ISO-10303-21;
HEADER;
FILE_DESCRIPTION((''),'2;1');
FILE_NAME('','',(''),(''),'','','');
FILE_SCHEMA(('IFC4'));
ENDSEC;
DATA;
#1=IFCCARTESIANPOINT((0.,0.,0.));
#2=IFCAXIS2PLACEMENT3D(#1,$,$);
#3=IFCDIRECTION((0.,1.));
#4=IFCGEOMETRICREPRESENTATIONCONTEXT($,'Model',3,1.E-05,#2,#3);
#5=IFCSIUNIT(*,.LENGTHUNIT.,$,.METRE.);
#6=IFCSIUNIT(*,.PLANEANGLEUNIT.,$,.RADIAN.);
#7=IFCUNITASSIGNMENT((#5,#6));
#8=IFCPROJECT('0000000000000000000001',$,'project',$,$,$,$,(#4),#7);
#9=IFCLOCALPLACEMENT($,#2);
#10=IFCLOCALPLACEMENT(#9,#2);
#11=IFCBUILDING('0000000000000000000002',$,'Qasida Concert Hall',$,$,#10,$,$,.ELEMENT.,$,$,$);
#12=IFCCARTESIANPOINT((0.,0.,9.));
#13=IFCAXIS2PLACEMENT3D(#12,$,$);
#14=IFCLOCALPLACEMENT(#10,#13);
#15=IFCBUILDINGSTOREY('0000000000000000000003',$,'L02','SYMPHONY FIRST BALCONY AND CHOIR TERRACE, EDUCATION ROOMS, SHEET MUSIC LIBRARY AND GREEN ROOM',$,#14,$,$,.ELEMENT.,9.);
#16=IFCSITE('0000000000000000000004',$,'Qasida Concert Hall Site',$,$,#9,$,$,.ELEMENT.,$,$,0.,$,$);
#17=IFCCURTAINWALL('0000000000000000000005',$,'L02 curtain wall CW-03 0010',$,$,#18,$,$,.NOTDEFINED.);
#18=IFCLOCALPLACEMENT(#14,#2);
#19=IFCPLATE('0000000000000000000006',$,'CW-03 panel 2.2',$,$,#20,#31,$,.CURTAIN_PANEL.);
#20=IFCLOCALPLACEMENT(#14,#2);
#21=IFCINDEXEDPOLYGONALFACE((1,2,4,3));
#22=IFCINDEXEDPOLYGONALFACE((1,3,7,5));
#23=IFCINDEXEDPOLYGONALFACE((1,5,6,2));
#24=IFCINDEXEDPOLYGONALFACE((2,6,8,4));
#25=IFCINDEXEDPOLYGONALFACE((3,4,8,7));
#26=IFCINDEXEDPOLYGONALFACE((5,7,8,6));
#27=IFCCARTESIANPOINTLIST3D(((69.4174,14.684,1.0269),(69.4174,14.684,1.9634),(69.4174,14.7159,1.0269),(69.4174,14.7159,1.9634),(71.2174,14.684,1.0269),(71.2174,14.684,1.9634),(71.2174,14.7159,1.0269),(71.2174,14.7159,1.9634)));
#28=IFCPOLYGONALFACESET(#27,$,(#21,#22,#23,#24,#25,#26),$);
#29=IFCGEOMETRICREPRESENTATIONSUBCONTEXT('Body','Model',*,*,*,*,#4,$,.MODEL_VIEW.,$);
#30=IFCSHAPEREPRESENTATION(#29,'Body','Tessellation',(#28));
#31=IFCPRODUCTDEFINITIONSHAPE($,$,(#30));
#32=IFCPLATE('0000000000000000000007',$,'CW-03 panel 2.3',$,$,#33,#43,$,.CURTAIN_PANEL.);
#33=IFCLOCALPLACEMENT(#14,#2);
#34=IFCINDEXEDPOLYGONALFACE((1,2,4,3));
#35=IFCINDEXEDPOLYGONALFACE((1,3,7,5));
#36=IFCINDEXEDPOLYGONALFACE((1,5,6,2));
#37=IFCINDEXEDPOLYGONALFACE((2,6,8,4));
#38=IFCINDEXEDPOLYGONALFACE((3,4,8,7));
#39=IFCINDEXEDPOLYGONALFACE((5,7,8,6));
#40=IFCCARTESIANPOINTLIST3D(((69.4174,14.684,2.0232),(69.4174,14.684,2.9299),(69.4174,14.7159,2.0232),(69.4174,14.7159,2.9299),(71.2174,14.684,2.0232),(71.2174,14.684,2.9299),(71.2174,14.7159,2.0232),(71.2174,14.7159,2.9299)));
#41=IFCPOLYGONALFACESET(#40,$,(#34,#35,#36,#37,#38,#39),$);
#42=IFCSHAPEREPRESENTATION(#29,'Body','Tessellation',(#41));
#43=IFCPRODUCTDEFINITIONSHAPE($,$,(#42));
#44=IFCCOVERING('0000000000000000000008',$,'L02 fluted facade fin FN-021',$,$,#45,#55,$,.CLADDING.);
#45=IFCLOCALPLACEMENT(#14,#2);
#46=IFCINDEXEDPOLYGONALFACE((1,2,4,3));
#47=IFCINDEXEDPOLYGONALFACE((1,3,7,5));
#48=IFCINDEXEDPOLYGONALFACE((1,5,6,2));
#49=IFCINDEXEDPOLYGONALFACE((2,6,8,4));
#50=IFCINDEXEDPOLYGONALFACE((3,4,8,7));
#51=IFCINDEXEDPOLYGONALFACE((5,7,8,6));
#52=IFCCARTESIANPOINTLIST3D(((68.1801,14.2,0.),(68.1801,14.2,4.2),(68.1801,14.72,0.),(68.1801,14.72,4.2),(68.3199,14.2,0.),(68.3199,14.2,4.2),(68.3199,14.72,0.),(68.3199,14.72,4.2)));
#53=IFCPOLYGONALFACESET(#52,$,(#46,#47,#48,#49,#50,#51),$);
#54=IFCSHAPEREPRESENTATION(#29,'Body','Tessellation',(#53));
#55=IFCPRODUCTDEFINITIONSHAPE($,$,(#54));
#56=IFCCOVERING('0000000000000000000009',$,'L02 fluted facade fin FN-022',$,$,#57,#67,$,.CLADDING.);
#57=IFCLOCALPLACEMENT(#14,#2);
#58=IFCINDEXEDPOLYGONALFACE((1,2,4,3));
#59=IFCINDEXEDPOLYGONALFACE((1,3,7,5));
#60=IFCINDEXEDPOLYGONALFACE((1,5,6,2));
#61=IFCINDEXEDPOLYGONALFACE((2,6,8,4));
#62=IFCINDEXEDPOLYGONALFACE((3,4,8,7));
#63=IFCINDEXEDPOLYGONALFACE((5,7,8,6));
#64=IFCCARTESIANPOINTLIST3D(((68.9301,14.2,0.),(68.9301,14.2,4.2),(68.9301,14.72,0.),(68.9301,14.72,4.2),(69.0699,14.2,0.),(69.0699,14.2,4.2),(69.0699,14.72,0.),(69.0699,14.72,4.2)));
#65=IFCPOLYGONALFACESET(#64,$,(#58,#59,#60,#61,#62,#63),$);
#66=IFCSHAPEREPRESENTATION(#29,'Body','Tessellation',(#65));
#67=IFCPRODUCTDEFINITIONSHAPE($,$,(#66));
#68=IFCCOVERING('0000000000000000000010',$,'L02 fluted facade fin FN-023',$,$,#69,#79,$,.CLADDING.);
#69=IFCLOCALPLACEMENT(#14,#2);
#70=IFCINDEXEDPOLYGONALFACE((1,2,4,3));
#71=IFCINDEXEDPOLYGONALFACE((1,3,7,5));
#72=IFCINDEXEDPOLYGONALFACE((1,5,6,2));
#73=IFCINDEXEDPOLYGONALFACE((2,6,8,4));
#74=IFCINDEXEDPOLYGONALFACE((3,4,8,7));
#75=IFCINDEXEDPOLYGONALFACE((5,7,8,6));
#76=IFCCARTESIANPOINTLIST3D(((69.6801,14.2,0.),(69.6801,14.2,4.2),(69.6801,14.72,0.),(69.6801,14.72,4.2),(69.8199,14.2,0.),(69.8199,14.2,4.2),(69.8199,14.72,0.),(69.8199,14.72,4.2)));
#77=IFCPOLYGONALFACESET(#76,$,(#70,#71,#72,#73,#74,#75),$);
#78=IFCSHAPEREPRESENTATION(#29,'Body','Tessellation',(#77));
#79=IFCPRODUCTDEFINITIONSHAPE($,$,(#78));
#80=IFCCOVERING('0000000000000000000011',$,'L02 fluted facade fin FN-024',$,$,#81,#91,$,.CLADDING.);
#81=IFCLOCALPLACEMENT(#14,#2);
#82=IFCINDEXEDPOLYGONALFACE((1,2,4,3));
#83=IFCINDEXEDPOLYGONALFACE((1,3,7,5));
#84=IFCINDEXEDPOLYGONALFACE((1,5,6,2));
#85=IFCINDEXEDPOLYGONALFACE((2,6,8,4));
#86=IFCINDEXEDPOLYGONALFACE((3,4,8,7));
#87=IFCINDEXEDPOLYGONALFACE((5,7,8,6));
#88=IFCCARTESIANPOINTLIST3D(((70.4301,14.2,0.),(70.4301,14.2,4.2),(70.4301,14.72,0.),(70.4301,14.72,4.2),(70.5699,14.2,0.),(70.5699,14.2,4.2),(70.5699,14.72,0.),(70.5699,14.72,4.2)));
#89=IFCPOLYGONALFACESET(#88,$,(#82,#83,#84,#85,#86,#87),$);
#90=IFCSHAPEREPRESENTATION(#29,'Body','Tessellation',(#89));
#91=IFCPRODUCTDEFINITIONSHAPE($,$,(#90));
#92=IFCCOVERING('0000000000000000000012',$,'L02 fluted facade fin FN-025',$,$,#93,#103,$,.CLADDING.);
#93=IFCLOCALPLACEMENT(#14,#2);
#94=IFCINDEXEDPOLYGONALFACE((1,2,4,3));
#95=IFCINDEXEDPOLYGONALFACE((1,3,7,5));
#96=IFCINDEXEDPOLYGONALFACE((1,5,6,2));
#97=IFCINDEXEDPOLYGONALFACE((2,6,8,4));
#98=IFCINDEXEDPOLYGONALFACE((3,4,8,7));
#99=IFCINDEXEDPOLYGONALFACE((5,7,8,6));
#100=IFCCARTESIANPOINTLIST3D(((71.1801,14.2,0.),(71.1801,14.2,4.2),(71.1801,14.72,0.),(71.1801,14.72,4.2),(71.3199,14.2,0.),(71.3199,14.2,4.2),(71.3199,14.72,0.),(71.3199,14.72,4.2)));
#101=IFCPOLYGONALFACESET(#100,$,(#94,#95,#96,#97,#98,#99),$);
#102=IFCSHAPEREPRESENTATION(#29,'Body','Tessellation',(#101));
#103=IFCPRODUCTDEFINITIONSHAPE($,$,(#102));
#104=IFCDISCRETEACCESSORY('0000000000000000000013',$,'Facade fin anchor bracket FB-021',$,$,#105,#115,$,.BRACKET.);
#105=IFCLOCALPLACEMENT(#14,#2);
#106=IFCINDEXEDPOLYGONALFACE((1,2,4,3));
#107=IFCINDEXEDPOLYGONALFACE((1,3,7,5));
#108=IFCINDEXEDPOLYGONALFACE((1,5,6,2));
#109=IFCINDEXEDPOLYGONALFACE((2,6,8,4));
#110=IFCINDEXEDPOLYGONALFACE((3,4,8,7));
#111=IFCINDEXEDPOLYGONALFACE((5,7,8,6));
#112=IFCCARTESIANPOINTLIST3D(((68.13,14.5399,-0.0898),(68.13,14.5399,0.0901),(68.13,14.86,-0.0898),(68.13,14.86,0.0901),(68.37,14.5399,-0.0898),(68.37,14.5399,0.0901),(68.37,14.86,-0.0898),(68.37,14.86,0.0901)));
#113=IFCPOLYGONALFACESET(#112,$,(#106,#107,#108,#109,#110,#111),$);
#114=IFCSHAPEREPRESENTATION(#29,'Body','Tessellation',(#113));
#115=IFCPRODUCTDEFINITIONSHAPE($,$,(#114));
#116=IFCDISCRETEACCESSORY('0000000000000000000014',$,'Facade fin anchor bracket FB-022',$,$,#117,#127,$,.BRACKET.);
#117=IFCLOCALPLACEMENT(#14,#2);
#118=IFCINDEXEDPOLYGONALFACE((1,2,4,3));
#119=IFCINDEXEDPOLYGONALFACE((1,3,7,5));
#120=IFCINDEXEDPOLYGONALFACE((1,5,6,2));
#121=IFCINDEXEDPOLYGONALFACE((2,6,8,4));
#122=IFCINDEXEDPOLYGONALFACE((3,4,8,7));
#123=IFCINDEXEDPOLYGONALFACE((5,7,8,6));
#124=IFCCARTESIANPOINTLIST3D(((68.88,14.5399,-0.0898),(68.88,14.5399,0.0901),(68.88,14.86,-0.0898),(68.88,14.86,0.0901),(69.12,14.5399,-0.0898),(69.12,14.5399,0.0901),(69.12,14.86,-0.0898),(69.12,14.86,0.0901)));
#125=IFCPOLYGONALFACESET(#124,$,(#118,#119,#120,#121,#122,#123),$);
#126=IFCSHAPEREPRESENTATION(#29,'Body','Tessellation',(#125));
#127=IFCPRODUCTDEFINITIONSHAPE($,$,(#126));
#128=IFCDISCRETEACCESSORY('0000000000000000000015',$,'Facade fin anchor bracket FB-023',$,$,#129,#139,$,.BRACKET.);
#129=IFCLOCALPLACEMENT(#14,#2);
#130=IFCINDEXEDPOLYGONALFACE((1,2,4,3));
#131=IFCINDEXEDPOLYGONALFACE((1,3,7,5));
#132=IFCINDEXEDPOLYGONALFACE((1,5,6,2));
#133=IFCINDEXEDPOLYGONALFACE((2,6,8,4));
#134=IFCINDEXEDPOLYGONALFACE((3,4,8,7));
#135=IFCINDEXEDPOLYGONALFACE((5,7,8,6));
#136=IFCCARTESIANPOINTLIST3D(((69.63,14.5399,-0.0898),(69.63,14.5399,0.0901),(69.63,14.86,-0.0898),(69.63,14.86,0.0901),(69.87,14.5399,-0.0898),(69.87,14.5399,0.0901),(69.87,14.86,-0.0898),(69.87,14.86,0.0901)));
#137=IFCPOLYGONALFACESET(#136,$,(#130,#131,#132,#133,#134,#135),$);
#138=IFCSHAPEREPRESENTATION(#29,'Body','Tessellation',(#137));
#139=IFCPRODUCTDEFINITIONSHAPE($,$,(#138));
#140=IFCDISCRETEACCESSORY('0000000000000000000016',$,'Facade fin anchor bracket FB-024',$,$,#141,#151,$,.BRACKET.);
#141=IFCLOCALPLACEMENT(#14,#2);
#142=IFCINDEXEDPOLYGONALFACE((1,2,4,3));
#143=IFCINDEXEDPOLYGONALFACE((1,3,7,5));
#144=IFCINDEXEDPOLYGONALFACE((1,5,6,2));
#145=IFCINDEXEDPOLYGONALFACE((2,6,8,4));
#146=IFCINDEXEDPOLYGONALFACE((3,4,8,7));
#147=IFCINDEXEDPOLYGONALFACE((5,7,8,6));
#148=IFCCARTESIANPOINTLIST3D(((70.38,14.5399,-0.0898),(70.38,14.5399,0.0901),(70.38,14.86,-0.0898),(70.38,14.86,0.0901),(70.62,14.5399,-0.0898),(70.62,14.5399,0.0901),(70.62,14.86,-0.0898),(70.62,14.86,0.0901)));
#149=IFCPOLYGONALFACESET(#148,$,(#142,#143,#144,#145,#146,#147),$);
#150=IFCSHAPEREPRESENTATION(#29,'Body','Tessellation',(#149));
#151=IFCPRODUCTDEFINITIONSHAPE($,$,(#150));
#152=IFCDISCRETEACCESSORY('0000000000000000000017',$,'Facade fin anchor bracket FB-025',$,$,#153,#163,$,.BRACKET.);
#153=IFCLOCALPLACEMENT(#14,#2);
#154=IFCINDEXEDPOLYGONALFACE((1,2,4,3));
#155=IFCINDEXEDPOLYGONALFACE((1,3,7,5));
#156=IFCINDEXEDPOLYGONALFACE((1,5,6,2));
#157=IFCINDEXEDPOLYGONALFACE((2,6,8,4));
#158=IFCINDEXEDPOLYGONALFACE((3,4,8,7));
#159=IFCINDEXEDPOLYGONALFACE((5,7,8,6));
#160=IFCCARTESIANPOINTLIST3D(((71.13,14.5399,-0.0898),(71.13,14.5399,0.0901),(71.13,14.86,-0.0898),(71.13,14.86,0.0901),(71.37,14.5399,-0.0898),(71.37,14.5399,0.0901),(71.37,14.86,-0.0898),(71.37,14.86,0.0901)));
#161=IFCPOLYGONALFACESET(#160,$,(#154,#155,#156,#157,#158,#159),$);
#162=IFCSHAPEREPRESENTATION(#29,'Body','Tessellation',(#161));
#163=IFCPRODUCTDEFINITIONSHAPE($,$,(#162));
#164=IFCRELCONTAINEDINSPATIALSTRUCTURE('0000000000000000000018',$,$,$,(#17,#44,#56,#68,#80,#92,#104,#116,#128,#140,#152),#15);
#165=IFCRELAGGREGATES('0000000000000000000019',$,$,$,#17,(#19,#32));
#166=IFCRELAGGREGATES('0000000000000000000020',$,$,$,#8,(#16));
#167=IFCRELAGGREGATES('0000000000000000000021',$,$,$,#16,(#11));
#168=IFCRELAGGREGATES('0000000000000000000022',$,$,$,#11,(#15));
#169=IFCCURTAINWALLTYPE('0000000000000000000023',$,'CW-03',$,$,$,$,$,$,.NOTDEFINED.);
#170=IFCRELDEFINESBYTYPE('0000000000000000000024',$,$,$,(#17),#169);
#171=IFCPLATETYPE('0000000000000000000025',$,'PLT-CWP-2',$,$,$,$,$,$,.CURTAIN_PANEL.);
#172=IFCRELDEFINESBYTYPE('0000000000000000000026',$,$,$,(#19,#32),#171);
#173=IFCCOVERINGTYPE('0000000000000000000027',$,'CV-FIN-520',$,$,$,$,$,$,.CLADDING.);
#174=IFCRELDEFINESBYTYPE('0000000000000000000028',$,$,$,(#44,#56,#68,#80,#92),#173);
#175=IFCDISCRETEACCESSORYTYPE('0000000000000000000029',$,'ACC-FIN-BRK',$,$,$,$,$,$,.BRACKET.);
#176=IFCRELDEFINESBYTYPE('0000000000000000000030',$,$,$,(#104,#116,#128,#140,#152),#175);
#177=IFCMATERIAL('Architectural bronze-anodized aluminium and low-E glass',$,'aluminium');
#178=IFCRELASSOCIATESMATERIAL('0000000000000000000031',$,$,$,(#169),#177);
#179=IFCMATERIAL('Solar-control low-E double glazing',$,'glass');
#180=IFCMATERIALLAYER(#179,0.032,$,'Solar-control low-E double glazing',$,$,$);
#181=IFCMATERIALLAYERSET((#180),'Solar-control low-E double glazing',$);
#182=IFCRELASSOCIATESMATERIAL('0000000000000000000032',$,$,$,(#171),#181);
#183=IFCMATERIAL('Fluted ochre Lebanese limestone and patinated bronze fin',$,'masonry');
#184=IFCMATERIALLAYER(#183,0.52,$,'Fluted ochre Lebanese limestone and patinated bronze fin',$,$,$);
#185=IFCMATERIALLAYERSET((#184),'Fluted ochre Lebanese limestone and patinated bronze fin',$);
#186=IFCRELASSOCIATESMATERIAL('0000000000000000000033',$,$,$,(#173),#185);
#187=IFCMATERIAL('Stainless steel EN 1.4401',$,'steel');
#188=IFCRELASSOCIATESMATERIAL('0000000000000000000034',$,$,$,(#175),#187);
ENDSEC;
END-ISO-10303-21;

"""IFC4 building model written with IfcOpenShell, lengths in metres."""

from ifc_helpers import new_model, si_unit, direction, frame, origin, origin_2d, place, context, subcontext, project, spatial, rectangle, extrude, material, layer, layer_set, type_object, element, aggregate, save


model = new_model("IFC4")

# Units and contexts
model_context = context("Model", 3, precision=1e-05, world=origin(), true_north=direction((0.0, 1.0)))
body_context = subcontext(model_context, "Body", "Model", "MODEL_VIEW")
ifc_project = project(units=[si_unit("LENGTHUNIT", "METRE"), si_unit("PLANEANGLEUNIT", "RADIAN")], contexts=[model_context])

# Site, building, storey
site_placement = place(None, origin())
site = spatial("IfcSite", under=ifc_project, at=site_placement, Name="Qasida Concert Hall Site", CompositionType="ELEMENT", RefElevation=0.0)
building_placement = place(site_placement, origin())
building = spatial("IfcBuilding", under=site, at=building_placement, Name="Qasida Concert Hall", CompositionType="ELEMENT")
storey_placement = place(building_placement, frame((0.0, 0.0, 9.0)))
storey = spatial("IfcBuildingStorey", under=building, at=storey_placement, Name="L02", Description="SYMPHONY FIRST BALCONY AND CHOIR TERRACE, EDUCATION ROOMS, SHEET MUSIC LIBRARY AND GREEN ROOM", CompositionType="ELEMENT", Elevation=9.0)

# Curtain wall, plates
ifc_material_1 = material(Name="Architectural bronze-anodized aluminium and low-E glass", Category="aluminium")
curtain_wall_type = type_object("IfcCurtainWallType", Name="CW-03", PredefinedType="NOTDEFINED", material=ifc_material_1)
curtain_wall_placement = place(storey_placement, origin())
curtain_wall = element("IfcCurtainWall", 1, at=curtain_wall_placement, inside=storey, type_object=curtain_wall_type, Name="L02 curtain wall CW-03 0010", PredefinedType="NOTDEFINED")
ifc_material_2 = material(Name="Solar-control low-E double glazing", Category="glass")
ifc_layer_1 = layer(ifc_material_2, 0.032, Name="Solar-control low-E double glazing")
ifc_layer_set_1 = layer_set([ifc_layer_1], Name="Solar-control low-E double glazing")
plate_type = type_object("IfcPlateType", Name="PLT-CWP-2", PredefinedType="CURTAIN_PANEL", material=ifc_layer_set_1)
plate_1_placement = place(storey_placement, frame((70.3174, 14.7, 1.0269), z_axis=(0.0, 0.0, 1.0), x_axis=(1.0, 0.0, 0.0)))
plate_1 = element("IfcPlate", 2, at=plate_1_placement, type_object=plate_type, Name="CW-03 panel 2.2", PredefinedType="CURTAIN_PANEL", context=body_context, shape_type="SweptSolid", body=[
    extrude(rectangle(XDim=1.8, YDim=0.032, at=origin_2d()), origin(), (0.0, 0.0, 1.0), 0.9365),
])
plate_2_placement = place(storey_placement, frame((70.3174, 14.7, 2.0232), z_axis=(0.0, 0.0, 1.0), x_axis=(1.0, 0.0, 0.0)))
plate_2 = element("IfcPlate", 3, at=plate_2_placement, type_object=plate_type, Name="CW-03 panel 2.3", PredefinedType="CURTAIN_PANEL", context=body_context, shape_type="SweptSolid", body=[
    extrude(rectangle(XDim=1.8, YDim=0.032, at=origin_2d()), origin(), (0.0, 0.0, 1.0), 0.9067),
])
aggregate(curtain_wall, [plate_1, plate_2])

# Coverings
ifc_material_3 = material(Name="Fluted ochre Lebanese limestone and patinated bronze fin", Category="masonry")
ifc_layer_2 = layer(ifc_material_3, 0.52, Name="Fluted ochre Lebanese limestone and patinated bronze fin")
ifc_layer_set_2 = layer_set([ifc_layer_2], Name="Fluted ochre Lebanese limestone and patinated bronze fin")
covering_type = type_object("IfcCoveringType", Name="CV-FIN-520", PredefinedType="CLADDING", material=ifc_layer_set_2)
for number, where, z_axis, x_axis, name in (
    (4, (68.25, 14.46, 0.0), (0.0, 0.0, 1.0), (1.0, 0.0, 0.0), "L02 fluted facade fin FN-021"),
    (5, (69.0, 14.46, 0.0), (0.0, 0.0, 1.0), (1.0, 0.0, 0.0), "L02 fluted facade fin FN-022"),
    (6, (69.75, 14.46, 0.0), (0.0, 0.0, 1.0), (1.0, 0.0, 0.0), "L02 fluted facade fin FN-023"),
    (7, (70.5, 14.46, 0.0), (0.0, 0.0, 1.0), (1.0, 0.0, 0.0), "L02 fluted facade fin FN-024"),
    (8, (71.25, 14.46, 0.0), (0.0, 0.0, 1.0), (1.0, 0.0, 0.0), "L02 fluted facade fin FN-025"),
):
    element("IfcCovering", number, at=place(storey_placement, frame(where, z_axis=z_axis, x_axis=x_axis)), inside=storey, type_object=covering_type, Name=name, PredefinedType="CLADDING", context=body_context, shape_type="SweptSolid", body=[
        extrude(rectangle(XDim=0.1399, YDim=0.52, at=origin_2d()), origin(), (0.0, 0.0, 1.0), 4.2),
    ])

# Discrete accessories
ifc_material_4 = material(Name="Stainless steel EN 1.4401", Category="steel")
discrete_accessory_type = type_object("IfcDiscreteAccessoryType", Name="ACC-FIN-BRK", PredefinedType="BRACKET", material=ifc_material_4)
for number, where, z_axis, x_axis, name in (
    (9, (68.25, 14.7, -0.0898), (0.0, 0.0, 1.0), (1.0, 0.0, 0.0), "Facade fin anchor bracket FB-021"),
    (10, (69.0, 14.7, -0.0898), (0.0, 0.0, 1.0), (1.0, 0.0, 0.0), "Facade fin anchor bracket FB-022"),
    (11, (69.75, 14.7, -0.0898), (0.0, 0.0, 1.0), (1.0, 0.0, 0.0), "Facade fin anchor bracket FB-023"),
    (12, (70.5, 14.7, -0.0898), (0.0, 0.0, 1.0), (1.0, 0.0, 0.0), "Facade fin anchor bracket FB-024"),
    (13, (71.25, 14.7, -0.0898), (0.0, 0.0, 1.0), (1.0, 0.0, 0.0), "Facade fin anchor bracket FB-025"),
):
    element("IfcDiscreteAccessory", number, at=place(storey_placement, frame(where, z_axis=z_axis, x_axis=x_axis)), inside=storey, type_object=discrete_accessory_type, Name=name, PredefinedType="BRACKET", context=body_context, shape_type="SweptSolid", body=[
        extrude(rectangle(XDim=0.24, YDim=0.3201, at=origin_2d()), origin(), (0.0, 0.0, 1.0), 0.1799),
    ])

save(model, "model.ifc")
